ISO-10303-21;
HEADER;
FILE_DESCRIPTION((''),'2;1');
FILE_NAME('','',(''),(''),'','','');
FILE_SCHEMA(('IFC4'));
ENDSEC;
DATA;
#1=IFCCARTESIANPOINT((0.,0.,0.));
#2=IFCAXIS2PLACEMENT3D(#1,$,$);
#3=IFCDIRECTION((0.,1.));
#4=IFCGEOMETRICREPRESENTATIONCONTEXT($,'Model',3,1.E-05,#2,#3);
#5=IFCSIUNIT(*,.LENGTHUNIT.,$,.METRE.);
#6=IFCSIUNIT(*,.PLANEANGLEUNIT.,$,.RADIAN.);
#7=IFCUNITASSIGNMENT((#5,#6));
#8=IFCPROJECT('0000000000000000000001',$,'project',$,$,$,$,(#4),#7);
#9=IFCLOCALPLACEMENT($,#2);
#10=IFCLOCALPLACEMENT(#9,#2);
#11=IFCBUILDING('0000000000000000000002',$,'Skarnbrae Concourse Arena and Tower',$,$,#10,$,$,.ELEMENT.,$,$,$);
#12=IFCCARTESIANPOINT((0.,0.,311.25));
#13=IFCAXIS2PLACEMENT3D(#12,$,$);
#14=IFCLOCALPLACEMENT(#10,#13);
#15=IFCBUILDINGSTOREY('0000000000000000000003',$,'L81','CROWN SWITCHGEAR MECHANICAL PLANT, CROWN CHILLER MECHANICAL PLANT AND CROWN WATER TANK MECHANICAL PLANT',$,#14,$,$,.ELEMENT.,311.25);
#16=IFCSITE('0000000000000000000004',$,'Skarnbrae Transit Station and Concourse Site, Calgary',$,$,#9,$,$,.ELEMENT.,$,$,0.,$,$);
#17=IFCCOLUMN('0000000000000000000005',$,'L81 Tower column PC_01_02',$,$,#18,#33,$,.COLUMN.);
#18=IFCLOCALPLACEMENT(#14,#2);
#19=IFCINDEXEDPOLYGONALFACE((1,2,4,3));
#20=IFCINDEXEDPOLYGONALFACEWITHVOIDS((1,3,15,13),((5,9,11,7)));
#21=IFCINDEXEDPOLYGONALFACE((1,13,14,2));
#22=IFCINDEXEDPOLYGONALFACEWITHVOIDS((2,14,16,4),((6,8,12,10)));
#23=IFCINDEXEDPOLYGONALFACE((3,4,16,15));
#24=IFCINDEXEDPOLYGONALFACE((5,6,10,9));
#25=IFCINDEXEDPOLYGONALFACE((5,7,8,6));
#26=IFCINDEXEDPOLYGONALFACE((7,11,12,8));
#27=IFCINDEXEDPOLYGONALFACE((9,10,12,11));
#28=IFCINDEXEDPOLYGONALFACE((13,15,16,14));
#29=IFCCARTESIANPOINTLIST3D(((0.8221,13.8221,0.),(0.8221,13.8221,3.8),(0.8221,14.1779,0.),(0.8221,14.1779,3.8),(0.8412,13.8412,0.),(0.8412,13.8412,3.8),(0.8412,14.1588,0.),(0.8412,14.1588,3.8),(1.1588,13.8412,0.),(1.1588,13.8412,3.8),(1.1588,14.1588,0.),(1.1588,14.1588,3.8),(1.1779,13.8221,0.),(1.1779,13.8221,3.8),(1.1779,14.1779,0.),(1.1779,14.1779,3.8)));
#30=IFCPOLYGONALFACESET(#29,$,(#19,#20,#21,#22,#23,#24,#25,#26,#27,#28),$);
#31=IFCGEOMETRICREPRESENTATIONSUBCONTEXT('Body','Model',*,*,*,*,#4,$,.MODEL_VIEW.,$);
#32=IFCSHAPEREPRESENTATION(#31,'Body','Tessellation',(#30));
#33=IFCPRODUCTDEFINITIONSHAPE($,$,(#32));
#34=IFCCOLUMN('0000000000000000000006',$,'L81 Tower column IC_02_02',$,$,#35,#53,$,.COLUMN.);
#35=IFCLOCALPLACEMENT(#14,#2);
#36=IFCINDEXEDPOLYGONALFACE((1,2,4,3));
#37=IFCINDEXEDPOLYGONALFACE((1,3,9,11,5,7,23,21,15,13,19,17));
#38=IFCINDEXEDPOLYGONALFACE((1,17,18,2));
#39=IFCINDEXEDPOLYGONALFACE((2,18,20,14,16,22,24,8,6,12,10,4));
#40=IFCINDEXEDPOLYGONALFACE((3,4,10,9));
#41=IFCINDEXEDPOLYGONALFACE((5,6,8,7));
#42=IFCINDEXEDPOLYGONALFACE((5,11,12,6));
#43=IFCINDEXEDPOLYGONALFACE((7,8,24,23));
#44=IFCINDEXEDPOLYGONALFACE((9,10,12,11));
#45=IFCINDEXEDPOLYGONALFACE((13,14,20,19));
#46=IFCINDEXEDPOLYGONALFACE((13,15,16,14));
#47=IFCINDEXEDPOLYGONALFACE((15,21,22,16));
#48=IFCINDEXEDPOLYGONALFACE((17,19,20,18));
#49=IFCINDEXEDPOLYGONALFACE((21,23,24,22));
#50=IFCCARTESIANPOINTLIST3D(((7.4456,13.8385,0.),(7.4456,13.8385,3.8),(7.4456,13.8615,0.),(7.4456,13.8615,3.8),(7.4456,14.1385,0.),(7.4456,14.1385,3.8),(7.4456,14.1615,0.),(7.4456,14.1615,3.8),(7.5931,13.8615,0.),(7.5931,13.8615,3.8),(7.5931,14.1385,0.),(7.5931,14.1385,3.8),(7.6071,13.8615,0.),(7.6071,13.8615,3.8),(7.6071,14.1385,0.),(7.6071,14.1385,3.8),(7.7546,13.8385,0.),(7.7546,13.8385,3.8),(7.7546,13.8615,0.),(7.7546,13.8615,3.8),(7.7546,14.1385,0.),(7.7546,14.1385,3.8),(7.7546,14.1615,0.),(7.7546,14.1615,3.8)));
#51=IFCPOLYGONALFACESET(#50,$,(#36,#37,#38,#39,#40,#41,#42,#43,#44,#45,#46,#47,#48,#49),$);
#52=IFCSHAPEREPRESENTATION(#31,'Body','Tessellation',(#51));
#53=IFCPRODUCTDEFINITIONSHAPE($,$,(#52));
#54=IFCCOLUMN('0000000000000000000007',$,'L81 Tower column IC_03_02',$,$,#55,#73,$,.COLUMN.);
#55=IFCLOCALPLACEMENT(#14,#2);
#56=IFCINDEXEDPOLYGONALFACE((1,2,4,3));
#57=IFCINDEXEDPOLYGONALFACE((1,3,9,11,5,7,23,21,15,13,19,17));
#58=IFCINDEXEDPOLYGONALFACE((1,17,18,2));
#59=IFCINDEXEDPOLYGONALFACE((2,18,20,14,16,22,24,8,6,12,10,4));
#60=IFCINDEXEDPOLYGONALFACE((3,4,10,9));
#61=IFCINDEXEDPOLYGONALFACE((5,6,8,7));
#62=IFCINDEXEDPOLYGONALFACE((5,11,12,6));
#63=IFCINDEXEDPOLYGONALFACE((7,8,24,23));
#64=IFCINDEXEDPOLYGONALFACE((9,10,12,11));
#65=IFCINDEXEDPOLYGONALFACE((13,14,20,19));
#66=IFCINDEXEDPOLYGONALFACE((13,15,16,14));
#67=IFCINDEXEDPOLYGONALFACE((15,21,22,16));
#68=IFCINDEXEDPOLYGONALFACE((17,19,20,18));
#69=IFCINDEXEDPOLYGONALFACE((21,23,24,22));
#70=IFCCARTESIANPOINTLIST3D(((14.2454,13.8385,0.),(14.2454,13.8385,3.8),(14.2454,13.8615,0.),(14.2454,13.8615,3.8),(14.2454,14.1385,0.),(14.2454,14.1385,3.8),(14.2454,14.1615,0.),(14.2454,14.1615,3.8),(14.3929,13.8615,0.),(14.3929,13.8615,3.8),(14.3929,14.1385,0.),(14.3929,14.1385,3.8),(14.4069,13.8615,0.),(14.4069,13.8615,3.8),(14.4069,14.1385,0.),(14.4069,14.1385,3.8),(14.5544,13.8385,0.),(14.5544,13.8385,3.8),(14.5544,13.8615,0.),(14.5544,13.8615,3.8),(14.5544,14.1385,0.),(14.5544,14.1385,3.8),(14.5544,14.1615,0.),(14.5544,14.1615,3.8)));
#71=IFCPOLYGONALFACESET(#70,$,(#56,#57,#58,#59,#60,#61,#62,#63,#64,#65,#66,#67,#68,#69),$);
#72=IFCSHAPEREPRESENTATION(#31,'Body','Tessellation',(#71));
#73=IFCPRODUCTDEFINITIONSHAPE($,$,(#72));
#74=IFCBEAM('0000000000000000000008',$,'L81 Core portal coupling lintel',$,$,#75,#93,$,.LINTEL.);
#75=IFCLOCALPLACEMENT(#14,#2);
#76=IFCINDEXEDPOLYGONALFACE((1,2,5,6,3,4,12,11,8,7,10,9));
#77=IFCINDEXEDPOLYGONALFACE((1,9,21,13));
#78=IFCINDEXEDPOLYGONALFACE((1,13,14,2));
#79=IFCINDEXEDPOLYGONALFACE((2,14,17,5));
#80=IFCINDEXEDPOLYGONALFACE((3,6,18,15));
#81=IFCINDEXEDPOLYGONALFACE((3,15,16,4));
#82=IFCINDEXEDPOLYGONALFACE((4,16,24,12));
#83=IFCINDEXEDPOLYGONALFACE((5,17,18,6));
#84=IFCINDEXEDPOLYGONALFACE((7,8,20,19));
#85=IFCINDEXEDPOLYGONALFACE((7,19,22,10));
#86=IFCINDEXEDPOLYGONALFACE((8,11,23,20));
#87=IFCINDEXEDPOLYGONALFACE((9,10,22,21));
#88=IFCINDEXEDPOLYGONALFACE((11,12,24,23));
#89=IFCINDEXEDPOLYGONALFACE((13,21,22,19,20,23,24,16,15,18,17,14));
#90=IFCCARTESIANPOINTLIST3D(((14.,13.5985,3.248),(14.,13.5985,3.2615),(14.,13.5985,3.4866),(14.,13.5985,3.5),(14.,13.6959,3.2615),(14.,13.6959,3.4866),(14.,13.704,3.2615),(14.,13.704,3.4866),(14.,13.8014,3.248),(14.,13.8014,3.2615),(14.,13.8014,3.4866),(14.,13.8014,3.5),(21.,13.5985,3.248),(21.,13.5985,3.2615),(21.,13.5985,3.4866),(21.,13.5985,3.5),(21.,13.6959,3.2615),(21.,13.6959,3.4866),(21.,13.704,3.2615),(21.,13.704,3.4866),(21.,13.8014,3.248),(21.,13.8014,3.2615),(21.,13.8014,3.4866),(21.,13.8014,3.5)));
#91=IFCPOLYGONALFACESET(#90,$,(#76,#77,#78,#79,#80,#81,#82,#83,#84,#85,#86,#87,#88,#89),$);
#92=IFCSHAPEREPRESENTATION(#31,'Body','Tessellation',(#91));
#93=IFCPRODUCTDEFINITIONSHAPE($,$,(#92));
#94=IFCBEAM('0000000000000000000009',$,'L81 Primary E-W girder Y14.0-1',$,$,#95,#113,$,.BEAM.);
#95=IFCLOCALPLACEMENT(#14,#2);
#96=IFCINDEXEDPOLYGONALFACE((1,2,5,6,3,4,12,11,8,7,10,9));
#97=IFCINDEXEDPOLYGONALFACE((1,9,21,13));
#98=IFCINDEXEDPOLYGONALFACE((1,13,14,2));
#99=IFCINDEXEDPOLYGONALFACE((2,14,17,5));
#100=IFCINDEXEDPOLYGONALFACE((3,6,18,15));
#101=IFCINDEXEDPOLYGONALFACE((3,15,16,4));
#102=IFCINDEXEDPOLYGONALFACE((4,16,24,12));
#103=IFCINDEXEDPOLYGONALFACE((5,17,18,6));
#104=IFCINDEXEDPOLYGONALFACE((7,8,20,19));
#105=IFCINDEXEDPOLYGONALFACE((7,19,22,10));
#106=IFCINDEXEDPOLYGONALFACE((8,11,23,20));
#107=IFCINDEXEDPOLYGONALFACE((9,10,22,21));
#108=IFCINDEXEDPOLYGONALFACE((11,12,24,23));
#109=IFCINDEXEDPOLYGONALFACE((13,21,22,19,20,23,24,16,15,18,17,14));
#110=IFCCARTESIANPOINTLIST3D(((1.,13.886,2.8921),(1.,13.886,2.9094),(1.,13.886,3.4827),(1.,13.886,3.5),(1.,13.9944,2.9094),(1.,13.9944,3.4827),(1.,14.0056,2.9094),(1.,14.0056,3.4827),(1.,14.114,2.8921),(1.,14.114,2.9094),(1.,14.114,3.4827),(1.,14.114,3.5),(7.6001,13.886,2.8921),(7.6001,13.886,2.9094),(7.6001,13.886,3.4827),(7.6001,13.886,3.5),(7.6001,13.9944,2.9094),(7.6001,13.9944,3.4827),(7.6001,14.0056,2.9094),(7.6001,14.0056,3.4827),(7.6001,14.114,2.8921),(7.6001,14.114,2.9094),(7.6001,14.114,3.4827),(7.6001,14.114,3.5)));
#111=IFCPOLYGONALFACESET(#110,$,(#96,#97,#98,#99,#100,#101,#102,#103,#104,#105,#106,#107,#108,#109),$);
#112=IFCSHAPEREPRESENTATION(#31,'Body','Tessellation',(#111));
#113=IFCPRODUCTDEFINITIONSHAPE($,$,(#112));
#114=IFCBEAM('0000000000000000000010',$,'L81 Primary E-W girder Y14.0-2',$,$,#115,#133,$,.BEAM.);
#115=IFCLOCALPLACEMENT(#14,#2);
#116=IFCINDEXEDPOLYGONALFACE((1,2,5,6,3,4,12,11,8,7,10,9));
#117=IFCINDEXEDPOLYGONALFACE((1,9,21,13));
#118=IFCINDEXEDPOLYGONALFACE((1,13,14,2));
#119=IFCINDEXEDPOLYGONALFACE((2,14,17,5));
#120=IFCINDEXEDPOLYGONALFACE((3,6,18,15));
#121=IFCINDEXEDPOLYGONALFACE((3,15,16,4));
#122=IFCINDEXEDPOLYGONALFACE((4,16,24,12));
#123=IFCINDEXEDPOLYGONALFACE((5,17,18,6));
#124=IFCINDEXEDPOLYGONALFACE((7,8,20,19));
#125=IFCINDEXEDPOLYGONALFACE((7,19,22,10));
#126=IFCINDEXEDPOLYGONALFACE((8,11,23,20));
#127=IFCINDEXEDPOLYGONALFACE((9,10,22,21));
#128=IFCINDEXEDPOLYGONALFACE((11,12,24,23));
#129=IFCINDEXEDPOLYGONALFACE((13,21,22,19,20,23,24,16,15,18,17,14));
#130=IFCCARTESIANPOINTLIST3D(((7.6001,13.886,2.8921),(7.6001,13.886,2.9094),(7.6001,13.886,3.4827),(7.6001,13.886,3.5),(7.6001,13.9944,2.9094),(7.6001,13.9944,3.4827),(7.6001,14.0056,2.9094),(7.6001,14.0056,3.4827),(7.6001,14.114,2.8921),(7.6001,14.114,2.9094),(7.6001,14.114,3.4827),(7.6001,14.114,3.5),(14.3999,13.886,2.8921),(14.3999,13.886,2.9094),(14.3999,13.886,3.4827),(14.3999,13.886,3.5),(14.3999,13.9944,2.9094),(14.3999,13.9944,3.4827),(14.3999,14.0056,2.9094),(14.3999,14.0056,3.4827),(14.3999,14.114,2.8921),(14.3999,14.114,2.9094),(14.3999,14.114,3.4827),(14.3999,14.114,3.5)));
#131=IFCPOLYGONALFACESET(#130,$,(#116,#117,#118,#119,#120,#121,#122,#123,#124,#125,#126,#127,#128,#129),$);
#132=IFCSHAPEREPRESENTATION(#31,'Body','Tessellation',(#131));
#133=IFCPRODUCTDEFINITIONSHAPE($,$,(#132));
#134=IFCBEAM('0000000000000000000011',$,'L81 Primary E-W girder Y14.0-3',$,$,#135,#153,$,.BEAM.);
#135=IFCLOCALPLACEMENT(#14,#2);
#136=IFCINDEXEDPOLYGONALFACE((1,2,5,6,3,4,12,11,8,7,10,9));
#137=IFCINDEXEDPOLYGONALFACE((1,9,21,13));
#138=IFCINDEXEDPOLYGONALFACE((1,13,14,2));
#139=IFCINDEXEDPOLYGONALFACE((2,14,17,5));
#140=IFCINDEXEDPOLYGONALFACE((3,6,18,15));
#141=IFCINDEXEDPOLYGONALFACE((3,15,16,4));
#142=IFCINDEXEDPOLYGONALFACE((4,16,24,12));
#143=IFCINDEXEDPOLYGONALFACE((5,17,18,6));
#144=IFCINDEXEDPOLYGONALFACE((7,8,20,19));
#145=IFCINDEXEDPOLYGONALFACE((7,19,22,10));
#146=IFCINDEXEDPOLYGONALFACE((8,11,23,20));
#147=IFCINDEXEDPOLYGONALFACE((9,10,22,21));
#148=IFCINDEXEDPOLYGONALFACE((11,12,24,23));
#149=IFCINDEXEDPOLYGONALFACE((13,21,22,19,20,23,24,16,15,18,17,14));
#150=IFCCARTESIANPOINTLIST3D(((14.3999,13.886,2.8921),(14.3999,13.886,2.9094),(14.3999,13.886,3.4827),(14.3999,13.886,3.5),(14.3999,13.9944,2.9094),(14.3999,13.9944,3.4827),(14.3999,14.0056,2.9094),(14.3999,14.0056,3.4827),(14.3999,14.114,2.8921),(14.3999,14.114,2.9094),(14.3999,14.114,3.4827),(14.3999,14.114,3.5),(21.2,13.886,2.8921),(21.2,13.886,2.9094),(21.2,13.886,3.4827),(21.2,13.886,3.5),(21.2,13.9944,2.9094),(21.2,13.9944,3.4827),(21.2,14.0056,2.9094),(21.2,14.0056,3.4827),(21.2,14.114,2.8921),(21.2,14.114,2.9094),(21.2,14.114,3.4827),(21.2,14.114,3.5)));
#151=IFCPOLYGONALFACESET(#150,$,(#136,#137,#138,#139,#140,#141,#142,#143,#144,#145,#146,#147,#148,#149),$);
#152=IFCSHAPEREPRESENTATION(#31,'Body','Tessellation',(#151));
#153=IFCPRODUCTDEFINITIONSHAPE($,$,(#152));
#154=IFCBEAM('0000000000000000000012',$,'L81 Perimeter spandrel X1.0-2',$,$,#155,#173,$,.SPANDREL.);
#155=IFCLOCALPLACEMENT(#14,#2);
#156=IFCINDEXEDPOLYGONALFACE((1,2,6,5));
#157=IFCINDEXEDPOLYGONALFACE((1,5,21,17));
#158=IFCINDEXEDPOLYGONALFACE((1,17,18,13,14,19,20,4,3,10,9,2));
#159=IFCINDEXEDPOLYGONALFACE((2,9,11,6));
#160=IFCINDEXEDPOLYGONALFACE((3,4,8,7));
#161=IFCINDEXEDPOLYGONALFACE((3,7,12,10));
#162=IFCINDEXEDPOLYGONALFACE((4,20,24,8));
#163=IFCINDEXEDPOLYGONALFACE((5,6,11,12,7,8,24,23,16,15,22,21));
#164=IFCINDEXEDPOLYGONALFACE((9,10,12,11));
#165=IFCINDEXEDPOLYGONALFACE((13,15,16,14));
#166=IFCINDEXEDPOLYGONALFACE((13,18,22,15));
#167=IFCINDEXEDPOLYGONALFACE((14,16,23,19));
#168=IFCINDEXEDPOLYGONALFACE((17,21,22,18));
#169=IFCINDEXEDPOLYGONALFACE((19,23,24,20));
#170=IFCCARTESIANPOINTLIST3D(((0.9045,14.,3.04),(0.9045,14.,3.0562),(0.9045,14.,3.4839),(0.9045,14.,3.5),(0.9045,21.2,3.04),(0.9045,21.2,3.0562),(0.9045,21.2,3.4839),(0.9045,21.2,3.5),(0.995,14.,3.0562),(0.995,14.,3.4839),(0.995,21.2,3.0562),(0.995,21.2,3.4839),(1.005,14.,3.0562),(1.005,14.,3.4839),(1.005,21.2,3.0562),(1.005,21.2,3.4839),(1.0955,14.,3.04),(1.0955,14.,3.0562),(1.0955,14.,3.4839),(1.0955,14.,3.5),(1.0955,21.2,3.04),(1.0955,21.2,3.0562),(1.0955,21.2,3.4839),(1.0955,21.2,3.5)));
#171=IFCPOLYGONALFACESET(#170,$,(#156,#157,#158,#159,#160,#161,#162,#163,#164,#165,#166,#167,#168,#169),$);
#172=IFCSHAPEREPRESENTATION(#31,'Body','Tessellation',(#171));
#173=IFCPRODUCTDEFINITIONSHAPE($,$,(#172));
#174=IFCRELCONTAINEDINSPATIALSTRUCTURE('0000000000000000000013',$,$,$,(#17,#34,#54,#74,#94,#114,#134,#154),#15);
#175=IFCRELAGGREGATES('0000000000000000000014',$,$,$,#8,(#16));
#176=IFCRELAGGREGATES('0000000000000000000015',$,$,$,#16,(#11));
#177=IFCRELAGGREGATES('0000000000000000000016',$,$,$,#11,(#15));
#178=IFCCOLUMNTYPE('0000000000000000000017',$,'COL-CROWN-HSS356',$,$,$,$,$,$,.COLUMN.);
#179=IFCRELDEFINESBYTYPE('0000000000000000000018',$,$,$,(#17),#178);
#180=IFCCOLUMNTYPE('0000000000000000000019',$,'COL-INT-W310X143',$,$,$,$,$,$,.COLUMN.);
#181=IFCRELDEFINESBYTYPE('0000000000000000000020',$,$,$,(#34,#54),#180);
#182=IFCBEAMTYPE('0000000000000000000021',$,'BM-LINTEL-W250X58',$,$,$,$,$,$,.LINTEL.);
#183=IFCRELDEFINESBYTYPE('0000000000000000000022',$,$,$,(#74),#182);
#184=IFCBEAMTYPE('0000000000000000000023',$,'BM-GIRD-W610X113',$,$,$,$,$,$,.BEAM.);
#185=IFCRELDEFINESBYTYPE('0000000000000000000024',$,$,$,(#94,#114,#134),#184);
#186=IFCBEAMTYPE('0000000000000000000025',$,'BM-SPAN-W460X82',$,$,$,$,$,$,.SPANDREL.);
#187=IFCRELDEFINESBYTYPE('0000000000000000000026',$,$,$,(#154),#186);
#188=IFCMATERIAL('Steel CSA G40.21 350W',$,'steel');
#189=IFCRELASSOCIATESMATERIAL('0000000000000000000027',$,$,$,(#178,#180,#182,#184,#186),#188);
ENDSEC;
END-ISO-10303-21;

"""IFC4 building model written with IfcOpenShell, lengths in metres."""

from ifc_helpers import new_model, si_unit, direction, frame, origin, origin_2d, place, context, subcontext, project, spatial, hollow_rectangle, i_section, extrude, source, transform, mapped, material, material_profile, profile_set, type_object, element, save


model = new_model("IFC4")

# Units and contexts
model_context = context("Model", 3, precision=1e-05, world=origin(), true_north=direction((0.0, 1.0)))
body_context = subcontext(model_context, "Body", "Model", "MODEL_VIEW")
ifc_project = project(units=[si_unit("LENGTHUNIT", "METRE"), si_unit("PLANEANGLEUNIT", "RADIAN")], contexts=[model_context])

# Site, building, storey
site_placement = place(None, origin())
site = spatial("IfcSite", under=ifc_project, at=site_placement, Name="Skarnbrae Transit Station and Concourse Site, Calgary", CompositionType="ELEMENT", RefElevation=0.0)
building_placement = place(site_placement, origin())
building = spatial("IfcBuilding", under=site, at=building_placement, Name="Skarnbrae Concourse Arena and Tower", CompositionType="ELEMENT")
storey_placement = place(building_placement, frame((0.0, 0.0, 311.25)))
storey = spatial("IfcBuildingStorey", under=building, at=storey_placement, Name="L81", Description="CROWN SWITCHGEAR MECHANICAL PLANT, CROWN CHILLER MECHANICAL PLANT AND CROWN WATER TANK MECHANICAL PLANT", CompositionType="ELEMENT", Elevation=311.25)

# Columns
ifc_material_1 = material(Name="Steel CSA G40.21 350W", Category="steel")
ifc_material_profile_1 = material_profile(ifc_material_1, hollow_rectangle(XDim=0.3557, YDim=0.3557, WallThickness=0.019, at=origin_2d()), Name="HSS356X356X19.0")
ifc_profile_set_1 = profile_set([ifc_material_profile_1], Name="Steel CSA G40.21 350W")
column_type_1 = type_object("IfcColumnType", Name="COL-CROWN-HSS356", PredefinedType="COLUMN", material=ifc_profile_set_1)
shared_shape_1 = source(origin(), body_context, "Body", "SweptSolid", [
    extrude(hollow_rectangle(XDim=0.3557, YDim=0.3557, WallThickness=0.019, at=origin_2d()), origin(), (0.0, 0.0, 1.0), 3.8),
])
column_placement = place(storey_placement, frame((1.0, 14.0, 0.0), z_axis=(0.0, 0.0, 1.0), x_axis=(1.0, 0.0, 0.0)))
element("IfcColumn", 1, at=column_placement, inside=storey, type_object=column_type_1, Name="L81 Tower column PC_01_02", PredefinedType="COLUMN", context=body_context, shape_type="MappedRepresentation", body=[
    mapped(shared_shape_1, transform((0.0, 0.0, 0.0))),
])
ifc_material_profile_2 = material_profile(ifc_material_1, i_section(OverallWidth=0.3091, OverallDepth=0.323, WebThickness=0.0139, FlangeThickness=0.0229, at=origin_2d()), Name="W310X143")
ifc_profile_set_2 = profile_set([ifc_material_profile_2], Name="Steel CSA G40.21 350W")
column_type_2 = type_object("IfcColumnType", Name="COL-INT-W310X143", PredefinedType="COLUMN", material=ifc_profile_set_2)
shared_shape_2 = source(origin(), body_context, "Body", "SweptSolid", [
    extrude(i_section(OverallWidth=0.3091, OverallDepth=0.323, WebThickness=0.0139, FlangeThickness=0.0229, at=origin_2d()), origin(), (0.0, 0.0, 1.0), 3.8),
])
for number, where, z_axis, x_axis, name in (
    (2, (7.6001, 14.0, 0.0), (0.0, 0.0, 1.0), (1.0, 0.0, 0.0), "L81 Tower column IC_02_02"),
    (3, (14.3999, 14.0, 0.0), (0.0, 0.0, 1.0), (1.0, 0.0, 0.0), "L81 Tower column IC_03_02"),
):
    element("IfcColumn", number, at=place(storey_placement, frame(where, z_axis=z_axis, x_axis=x_axis)), inside=storey, type_object=column_type_2, Name=name, PredefinedType="COLUMN", context=body_context, shape_type="MappedRepresentation", body=[
        mapped(shared_shape_2, transform((0.0, 0.0, 0.0))),
    ])

# Beams
ifc_material_profile_3 = material_profile(ifc_material_1, i_section(OverallWidth=0.2029, OverallDepth=0.252, WebThickness=0.0081, FlangeThickness=0.0134, at=origin_2d()), Name="W250X58")
ifc_profile_set_3 = profile_set([ifc_material_profile_3], Name="Steel CSA G40.21 350W")
beam_type_1 = type_object("IfcBeamType", Name="BM-LINTEL-W250X58", PredefinedType="LINTEL", material=ifc_profile_set_3)
shared_shape_3 = source(origin(), body_context, "Body", "SweptSolid", [
    extrude(i_section(OverallWidth=0.2029, OverallDepth=0.252, WebThickness=0.0081, FlangeThickness=0.0134, at=origin_2d()), origin(), (0.0, 0.0, 1.0), 7.0),
])
beam_1_placement = place(storey_placement, frame((14.0, 13.7, 3.374), z_axis=(1.0, 0.0, 0.0), x_axis=(0.0, 1.0, 0.0)))
element("IfcBeam", 4, at=beam_1_placement, inside=storey, type_object=beam_type_1, Name="L81 Core portal coupling lintel", PredefinedType="LINTEL", context=body_context, shape_type="MappedRepresentation", body=[
    mapped(shared_shape_3, transform((0.0, 0.0, 0.0))),
])
ifc_material_profile_4 = material_profile(ifc_material_1, i_section(OverallWidth=0.228, OverallDepth=0.6079, WebThickness=0.0112, FlangeThickness=0.0173, at=origin_2d()), Name="W610X113")
ifc_profile_set_4 = profile_set([ifc_material_profile_4], Name="Steel CSA G40.21 350W")
beam_type_2 = type_object("IfcBeamType", Name="BM-GIRD-W610X113", PredefinedType="BEAM", material=ifc_profile_set_4)
shared_shape_4 = source(origin(), body_context, "Body", "SweptSolid", [
    extrude(i_section(OverallWidth=0.228, OverallDepth=0.6079, WebThickness=0.0112, FlangeThickness=0.0173, at=origin_2d()), origin(), (0.0, 0.0, 1.0), 6.6001),
])
beam_2_placement = place(storey_placement, frame((1.0, 14.0, 3.196), z_axis=(1.0, 0.0, 0.0), x_axis=(0.0, 1.0, 0.0)))
element("IfcBeam", 5, at=beam_2_placement, inside=storey, type_object=beam_type_2, Name="L81 Primary E-W girder Y14.0-1", PredefinedType="BEAM", context=body_context, shape_type="MappedRepresentation", body=[
    mapped(shared_shape_4, transform((0.0, 0.0, 0.0))),
])
shared_shape_5 = source(origin(), body_context, "Body", "SweptSolid", [
    extrude(i_section(OverallWidth=0.228, OverallDepth=0.6079, WebThickness=0.0112, FlangeThickness=0.0173, at=origin_2d()), origin(), (0.0, 0.0, 1.0), 6.7998),
])
beam_3_placement = place(storey_placement, frame((7.6001, 14.0, 3.196), z_axis=(1.0, 0.0, 0.0), x_axis=(0.0, 1.0, 0.0)))
element("IfcBeam", 6, at=beam_3_placement, inside=storey, type_object=beam_type_2, Name="L81 Primary E-W girder Y14.0-2", PredefinedType="BEAM", context=body_context, shape_type="MappedRepresentation", body=[
    mapped(shared_shape_5, transform((0.0, 0.0, 0.0))),
])
shared_shape_6 = source(origin(), body_context, "Body", "SweptSolid", [
    extrude(i_section(OverallWidth=0.228, OverallDepth=0.6079, WebThickness=0.0112, FlangeThickness=0.0173, at=origin_2d()), origin(), (0.0, 0.0, 1.0), 6.8),
])
beam_4_placement = place(storey_placement, frame((14.3999, 14.0, 3.196), z_axis=(1.0, 0.0, 0.0), x_axis=(0.0, 1.0, 0.0)))
element("IfcBeam", 7, at=beam_4_placement, inside=storey, type_object=beam_type_2, Name="L81 Primary E-W girder Y14.0-3", PredefinedType="BEAM", context=body_context, shape_type="MappedRepresentation", body=[
    mapped(shared_shape_6, transform((0.0, 0.0, 0.0))),
])
ifc_material_profile_5 = material_profile(ifc_material_1, i_section(OverallWidth=0.1909, OverallDepth=0.46, WebThickness=0.01, FlangeThickness=0.0161, at=origin_2d()), Name="W460X82")
ifc_profile_set_5 = profile_set([ifc_material_profile_5], Name="Steel CSA G40.21 350W")
beam_type_3 = type_object("IfcBeamType", Name="BM-SPAN-W460X82", PredefinedType="SPANDREL", material=ifc_profile_set_5)
shared_shape_7 = source(origin(), body_context, "Body", "SweptSolid", [
    extrude(i_section(OverallWidth=0.1909, OverallDepth=0.46, WebThickness=0.01, FlangeThickness=0.0161, at=origin_2d()), origin(), (0.0, 0.0, 1.0), 7.2),
])
beam_5_placement = place(storey_placement, frame((1.0, 14.0, 3.27), z_axis=(0.0, 1.0, 0.0), x_axis=(-1.0, 0.0, 0.0)))
element("IfcBeam", 8, at=beam_5_placement, inside=storey, type_object=beam_type_3, Name="L81 Perimeter spandrel X1.0-2", PredefinedType="SPANDREL", context=body_context, shape_type="MappedRepresentation", body=[
    mapped(shared_shape_7, transform((0.0, 0.0, 0.0))),
])

save(model, "model.ifc")
